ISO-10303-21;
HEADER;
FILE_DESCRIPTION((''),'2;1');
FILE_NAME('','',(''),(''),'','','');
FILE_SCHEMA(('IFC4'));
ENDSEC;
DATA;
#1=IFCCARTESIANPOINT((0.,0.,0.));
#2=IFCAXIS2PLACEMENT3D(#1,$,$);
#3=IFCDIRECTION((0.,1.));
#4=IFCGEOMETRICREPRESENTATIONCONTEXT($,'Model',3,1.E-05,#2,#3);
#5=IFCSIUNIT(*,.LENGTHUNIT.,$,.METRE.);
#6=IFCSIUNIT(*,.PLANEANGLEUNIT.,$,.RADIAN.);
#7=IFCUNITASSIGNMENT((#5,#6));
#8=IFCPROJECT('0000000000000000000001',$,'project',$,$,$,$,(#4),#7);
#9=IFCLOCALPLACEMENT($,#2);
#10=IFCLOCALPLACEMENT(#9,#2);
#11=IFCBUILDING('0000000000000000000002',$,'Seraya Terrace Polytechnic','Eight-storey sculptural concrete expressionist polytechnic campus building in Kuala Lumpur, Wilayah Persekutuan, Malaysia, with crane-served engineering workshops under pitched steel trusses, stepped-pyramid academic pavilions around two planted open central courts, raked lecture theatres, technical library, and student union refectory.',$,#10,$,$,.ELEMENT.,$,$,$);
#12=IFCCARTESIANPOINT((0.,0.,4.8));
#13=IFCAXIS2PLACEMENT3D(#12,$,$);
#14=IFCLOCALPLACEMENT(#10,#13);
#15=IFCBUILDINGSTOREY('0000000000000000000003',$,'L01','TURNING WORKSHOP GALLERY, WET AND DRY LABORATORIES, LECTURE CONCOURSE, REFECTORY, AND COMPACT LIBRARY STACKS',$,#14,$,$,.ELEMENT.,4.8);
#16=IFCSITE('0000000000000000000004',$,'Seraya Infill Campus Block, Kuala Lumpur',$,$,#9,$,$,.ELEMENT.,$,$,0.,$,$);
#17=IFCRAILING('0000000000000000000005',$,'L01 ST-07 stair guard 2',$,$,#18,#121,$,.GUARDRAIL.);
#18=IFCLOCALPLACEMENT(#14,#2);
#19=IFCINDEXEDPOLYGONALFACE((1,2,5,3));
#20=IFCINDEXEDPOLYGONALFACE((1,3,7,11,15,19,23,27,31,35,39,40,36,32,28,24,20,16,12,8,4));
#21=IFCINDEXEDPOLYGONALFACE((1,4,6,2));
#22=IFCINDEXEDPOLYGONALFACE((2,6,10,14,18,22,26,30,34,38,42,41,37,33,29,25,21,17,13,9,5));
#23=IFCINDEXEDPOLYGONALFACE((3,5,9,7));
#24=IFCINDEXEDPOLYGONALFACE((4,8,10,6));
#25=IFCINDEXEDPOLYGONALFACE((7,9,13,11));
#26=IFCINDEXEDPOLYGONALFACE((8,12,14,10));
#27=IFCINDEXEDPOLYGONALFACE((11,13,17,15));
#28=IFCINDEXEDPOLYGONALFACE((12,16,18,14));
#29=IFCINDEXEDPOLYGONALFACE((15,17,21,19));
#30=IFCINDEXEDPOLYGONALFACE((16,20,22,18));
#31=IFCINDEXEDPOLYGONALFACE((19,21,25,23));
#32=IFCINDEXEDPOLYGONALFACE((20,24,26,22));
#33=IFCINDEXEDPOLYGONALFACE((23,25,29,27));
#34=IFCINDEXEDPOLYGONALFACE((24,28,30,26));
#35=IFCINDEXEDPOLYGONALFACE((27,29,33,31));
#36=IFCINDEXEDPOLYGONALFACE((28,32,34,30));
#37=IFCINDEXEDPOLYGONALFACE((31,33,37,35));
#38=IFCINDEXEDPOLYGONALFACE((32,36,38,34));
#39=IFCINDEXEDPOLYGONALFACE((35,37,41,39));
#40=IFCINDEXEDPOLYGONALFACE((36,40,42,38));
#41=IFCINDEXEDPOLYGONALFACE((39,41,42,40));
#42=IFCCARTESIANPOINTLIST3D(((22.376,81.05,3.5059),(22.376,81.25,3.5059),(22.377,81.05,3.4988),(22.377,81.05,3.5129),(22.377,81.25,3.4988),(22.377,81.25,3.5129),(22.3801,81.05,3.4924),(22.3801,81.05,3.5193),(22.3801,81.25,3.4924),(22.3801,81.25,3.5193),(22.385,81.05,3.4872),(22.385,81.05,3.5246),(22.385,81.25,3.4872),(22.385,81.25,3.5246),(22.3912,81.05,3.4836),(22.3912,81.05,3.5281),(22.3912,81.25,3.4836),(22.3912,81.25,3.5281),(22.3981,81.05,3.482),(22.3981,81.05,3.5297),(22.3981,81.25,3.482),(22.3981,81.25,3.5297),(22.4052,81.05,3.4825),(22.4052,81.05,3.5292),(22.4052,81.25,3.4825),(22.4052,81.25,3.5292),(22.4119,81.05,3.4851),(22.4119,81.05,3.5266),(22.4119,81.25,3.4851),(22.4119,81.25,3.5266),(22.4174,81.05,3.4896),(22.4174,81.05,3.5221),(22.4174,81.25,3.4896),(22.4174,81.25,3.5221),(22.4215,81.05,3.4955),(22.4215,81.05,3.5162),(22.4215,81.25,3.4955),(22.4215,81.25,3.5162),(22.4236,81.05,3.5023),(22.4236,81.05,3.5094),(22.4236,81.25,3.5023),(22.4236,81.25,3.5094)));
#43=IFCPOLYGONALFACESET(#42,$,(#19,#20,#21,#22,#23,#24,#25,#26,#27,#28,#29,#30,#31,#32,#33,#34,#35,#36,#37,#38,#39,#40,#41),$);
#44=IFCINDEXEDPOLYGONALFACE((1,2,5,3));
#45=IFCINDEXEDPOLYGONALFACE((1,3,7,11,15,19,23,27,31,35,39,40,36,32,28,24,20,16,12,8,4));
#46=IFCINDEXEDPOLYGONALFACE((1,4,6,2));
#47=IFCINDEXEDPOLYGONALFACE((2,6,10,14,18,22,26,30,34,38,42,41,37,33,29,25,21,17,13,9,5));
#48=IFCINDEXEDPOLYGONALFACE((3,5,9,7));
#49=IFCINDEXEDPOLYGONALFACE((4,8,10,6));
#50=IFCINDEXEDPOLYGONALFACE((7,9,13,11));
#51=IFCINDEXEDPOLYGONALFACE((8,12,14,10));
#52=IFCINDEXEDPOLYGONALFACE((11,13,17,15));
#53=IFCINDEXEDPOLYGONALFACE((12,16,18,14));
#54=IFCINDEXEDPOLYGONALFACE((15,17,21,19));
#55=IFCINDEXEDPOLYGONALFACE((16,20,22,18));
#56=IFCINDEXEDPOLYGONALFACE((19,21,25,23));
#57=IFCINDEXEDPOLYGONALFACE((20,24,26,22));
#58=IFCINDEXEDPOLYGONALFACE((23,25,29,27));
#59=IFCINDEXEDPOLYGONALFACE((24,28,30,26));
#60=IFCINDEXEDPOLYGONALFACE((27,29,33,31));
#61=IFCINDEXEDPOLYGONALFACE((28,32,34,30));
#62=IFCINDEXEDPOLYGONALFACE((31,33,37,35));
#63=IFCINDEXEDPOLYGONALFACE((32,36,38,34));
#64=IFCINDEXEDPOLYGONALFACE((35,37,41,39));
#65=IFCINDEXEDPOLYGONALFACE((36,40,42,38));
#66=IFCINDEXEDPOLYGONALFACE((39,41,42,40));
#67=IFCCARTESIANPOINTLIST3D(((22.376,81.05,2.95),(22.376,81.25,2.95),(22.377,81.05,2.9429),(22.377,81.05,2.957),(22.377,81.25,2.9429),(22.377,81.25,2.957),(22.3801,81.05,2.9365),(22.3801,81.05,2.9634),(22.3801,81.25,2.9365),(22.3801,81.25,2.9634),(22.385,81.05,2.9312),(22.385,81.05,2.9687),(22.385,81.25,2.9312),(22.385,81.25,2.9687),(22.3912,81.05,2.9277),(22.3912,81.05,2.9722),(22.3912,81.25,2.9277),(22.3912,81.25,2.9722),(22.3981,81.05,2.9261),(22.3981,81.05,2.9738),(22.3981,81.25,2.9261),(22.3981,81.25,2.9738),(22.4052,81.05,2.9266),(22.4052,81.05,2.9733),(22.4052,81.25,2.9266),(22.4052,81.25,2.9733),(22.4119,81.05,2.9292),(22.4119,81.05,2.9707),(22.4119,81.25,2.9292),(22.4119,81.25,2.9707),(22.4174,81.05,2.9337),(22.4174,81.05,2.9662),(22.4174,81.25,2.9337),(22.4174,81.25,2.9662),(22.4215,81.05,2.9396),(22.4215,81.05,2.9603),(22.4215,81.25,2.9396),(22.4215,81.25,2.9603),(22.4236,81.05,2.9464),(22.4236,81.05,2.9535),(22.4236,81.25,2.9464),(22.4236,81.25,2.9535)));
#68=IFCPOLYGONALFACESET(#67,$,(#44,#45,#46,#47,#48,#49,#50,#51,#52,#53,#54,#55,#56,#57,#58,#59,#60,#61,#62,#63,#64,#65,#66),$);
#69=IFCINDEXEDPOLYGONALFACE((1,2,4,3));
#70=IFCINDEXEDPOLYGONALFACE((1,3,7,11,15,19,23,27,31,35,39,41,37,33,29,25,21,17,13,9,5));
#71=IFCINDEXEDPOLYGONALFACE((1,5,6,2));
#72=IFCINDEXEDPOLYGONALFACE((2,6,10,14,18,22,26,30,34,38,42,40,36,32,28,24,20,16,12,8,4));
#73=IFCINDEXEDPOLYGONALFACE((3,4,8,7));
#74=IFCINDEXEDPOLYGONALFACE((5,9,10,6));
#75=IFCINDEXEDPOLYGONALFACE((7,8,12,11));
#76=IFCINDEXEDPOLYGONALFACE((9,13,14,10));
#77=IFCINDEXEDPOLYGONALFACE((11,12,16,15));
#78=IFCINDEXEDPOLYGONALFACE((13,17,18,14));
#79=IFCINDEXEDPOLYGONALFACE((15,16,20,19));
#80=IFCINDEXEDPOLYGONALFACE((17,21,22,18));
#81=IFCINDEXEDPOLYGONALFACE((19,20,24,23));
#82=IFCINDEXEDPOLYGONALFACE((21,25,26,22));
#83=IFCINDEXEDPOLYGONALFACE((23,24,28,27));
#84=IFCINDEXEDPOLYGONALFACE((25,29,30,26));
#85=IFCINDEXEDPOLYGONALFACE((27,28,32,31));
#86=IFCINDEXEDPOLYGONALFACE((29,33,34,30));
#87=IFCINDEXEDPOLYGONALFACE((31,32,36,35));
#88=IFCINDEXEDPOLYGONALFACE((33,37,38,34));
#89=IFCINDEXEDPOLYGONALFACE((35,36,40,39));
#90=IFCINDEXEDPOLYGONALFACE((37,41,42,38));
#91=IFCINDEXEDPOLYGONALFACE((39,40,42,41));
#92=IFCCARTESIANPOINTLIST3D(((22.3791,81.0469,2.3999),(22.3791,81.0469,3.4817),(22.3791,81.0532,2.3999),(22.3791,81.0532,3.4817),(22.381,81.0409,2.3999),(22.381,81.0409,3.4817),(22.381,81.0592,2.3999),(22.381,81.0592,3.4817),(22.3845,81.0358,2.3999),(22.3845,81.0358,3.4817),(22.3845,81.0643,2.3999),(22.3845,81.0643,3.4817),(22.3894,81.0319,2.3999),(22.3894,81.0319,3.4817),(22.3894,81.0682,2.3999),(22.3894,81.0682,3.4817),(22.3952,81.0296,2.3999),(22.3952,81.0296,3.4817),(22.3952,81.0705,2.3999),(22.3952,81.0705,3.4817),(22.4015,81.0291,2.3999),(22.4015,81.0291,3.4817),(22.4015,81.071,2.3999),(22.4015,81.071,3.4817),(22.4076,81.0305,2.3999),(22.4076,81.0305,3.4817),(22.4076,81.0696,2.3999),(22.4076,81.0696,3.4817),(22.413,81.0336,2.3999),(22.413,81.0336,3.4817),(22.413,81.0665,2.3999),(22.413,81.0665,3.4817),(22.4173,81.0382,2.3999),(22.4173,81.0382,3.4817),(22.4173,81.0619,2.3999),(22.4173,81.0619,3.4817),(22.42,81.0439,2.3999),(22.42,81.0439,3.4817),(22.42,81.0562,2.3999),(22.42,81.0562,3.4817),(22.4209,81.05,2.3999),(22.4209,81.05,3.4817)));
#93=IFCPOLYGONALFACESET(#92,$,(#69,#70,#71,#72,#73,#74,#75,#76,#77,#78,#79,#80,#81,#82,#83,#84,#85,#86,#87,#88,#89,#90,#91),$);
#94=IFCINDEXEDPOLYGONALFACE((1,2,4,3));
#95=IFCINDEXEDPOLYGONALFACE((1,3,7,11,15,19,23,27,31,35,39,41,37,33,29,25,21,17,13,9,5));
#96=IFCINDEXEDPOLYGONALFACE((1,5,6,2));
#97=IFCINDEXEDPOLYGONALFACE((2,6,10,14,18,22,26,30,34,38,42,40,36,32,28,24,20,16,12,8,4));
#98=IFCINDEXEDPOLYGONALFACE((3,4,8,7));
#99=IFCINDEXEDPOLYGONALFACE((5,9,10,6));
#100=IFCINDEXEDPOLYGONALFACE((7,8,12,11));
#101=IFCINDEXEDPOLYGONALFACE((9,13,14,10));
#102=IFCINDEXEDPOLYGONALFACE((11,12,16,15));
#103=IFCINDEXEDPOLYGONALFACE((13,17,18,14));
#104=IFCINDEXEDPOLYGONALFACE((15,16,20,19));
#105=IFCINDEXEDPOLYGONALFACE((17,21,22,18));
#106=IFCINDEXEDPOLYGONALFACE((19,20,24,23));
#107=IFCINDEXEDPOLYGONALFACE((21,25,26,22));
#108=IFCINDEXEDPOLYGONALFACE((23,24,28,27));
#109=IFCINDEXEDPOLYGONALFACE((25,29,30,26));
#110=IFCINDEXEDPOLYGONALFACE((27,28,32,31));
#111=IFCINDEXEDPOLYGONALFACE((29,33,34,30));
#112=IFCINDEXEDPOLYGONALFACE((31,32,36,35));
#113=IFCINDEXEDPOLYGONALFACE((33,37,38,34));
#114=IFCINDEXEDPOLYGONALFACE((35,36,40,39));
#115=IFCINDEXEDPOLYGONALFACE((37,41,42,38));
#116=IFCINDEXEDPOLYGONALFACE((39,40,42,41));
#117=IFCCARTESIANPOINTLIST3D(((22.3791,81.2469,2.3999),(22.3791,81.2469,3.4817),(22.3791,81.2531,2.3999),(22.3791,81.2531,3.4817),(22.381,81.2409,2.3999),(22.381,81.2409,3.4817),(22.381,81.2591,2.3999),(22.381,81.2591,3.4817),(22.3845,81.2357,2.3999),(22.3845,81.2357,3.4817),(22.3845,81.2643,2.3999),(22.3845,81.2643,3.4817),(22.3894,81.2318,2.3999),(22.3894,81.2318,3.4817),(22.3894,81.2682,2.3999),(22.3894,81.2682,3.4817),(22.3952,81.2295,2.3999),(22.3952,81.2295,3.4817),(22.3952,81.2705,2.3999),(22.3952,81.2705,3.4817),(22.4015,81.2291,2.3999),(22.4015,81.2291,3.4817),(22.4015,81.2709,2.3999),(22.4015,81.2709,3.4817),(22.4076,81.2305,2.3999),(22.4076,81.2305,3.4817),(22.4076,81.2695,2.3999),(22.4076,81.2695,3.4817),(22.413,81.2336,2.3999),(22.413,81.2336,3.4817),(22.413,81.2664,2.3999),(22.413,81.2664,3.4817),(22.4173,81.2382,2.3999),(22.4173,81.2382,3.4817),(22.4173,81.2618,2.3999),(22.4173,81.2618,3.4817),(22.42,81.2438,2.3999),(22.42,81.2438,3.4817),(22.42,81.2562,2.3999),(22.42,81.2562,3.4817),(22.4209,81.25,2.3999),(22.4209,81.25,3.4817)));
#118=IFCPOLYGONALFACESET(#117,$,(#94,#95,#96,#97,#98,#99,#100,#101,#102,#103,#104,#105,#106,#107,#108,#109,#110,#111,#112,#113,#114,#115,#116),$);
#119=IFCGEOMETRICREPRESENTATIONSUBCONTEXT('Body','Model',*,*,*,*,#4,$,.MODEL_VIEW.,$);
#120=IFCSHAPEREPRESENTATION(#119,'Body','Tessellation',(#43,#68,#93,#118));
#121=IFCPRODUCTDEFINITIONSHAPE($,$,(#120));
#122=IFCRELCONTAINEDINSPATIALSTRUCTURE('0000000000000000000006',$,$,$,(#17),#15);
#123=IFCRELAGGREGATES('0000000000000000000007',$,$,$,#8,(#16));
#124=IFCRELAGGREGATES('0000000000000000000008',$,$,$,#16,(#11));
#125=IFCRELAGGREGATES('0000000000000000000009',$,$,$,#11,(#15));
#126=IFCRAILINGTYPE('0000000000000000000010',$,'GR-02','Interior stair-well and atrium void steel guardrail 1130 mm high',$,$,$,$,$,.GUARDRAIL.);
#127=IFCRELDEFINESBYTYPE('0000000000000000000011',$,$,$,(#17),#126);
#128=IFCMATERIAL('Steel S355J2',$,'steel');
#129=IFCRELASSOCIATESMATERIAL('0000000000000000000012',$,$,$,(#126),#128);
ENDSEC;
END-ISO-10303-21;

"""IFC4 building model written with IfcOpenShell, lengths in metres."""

from ifc_helpers import new_model, si_unit, direction, frame, origin, origin_2d, place, context, subcontext, project, spatial, circle, extrude, material, type_object, element, save


model = new_model("IFC4")

# Units and contexts
model_context = context("Model", 3, precision=1e-05, world=origin(), true_north=direction((0.0, 1.0)))
body_context = subcontext(model_context, "Body", "Model", "MODEL_VIEW")
ifc_project = project(units=[si_unit("LENGTHUNIT", "METRE"), si_unit("PLANEANGLEUNIT", "RADIAN")], contexts=[model_context])

# Site, building, storey
site_placement = place(None, origin())
site = spatial("IfcSite", under=ifc_project, at=site_placement, Name="Seraya Infill Campus Block, Kuala Lumpur", CompositionType="ELEMENT", RefElevation=0.0)
building_placement = place(site_placement, origin())
building = spatial("IfcBuilding", under=site, at=building_placement, Name="Seraya Terrace Polytechnic", Description="Eight-storey sculptural concrete expressionist polytechnic campus building in Kuala Lumpur, Wilayah Persekutuan, Malaysia, with crane-served engineering workshops under pitched steel trusses, stepped-pyramid academic pavilions around two planted open central courts, raked lecture theatres, technical library, and student union refectory.", CompositionType="ELEMENT")
storey_placement = place(building_placement, frame((0.0, 0.0, 4.8)))
storey = spatial("IfcBuildingStorey", under=building, at=storey_placement, Name="L01", Description="TURNING WORKSHOP GALLERY, WET AND DRY LABORATORIES, LECTURE CONCOURSE, REFECTORY, AND COMPACT LIBRARY STACKS", CompositionType="ELEMENT", Elevation=4.8)

# Shared definitions
ifc_material_1 = material(Name="Steel S355J2", Category="steel")

# Railing
railing_type_1 = type_object("IfcRailingType", Name="GR-02", Description="Interior stair-well and atrium void steel guardrail 1130 mm high", PredefinedType="GUARDRAIL", material=ifc_material_1)
railing_1_placement = place(storey_placement, frame((22.3999, 81.05, 2.3999)))
element("IfcRailing", 1, at=railing_1_placement, inside=storey, type_object=railing_type_1, Name="L01 ST-07 stair guard 2", PredefinedType="GUARDRAIL", context=body_context, shape_type="SweptSolid", body=[
    extrude(circle(Radius=0.0239, at=origin_2d()), frame((0.0, 0.0, 1.106), z_axis=(0.0, 1.0, 0.0), x_axis=(-1.0, 0.0, 0.0)), (0.0, 0.0, 1.0), 0.2),
    extrude(circle(Radius=0.0239, at=origin_2d()), frame((0.0, 0.0, 0.55), z_axis=(0.0, 1.0, 0.0), x_axis=(-1.0, 0.0, 0.0)), (0.0, 0.0, 1.0), 0.2),
    extrude(circle(Radius=0.021, at=origin_2d()), origin(), (0.0, 0.0, 1.0), 1.0818),
    extrude(circle(Radius=0.021, at=origin_2d()), frame((0.0, 0.2, 0.0)), (0.0, 0.0, 1.0), 1.0818),
])

save(model, "model.ifc")
